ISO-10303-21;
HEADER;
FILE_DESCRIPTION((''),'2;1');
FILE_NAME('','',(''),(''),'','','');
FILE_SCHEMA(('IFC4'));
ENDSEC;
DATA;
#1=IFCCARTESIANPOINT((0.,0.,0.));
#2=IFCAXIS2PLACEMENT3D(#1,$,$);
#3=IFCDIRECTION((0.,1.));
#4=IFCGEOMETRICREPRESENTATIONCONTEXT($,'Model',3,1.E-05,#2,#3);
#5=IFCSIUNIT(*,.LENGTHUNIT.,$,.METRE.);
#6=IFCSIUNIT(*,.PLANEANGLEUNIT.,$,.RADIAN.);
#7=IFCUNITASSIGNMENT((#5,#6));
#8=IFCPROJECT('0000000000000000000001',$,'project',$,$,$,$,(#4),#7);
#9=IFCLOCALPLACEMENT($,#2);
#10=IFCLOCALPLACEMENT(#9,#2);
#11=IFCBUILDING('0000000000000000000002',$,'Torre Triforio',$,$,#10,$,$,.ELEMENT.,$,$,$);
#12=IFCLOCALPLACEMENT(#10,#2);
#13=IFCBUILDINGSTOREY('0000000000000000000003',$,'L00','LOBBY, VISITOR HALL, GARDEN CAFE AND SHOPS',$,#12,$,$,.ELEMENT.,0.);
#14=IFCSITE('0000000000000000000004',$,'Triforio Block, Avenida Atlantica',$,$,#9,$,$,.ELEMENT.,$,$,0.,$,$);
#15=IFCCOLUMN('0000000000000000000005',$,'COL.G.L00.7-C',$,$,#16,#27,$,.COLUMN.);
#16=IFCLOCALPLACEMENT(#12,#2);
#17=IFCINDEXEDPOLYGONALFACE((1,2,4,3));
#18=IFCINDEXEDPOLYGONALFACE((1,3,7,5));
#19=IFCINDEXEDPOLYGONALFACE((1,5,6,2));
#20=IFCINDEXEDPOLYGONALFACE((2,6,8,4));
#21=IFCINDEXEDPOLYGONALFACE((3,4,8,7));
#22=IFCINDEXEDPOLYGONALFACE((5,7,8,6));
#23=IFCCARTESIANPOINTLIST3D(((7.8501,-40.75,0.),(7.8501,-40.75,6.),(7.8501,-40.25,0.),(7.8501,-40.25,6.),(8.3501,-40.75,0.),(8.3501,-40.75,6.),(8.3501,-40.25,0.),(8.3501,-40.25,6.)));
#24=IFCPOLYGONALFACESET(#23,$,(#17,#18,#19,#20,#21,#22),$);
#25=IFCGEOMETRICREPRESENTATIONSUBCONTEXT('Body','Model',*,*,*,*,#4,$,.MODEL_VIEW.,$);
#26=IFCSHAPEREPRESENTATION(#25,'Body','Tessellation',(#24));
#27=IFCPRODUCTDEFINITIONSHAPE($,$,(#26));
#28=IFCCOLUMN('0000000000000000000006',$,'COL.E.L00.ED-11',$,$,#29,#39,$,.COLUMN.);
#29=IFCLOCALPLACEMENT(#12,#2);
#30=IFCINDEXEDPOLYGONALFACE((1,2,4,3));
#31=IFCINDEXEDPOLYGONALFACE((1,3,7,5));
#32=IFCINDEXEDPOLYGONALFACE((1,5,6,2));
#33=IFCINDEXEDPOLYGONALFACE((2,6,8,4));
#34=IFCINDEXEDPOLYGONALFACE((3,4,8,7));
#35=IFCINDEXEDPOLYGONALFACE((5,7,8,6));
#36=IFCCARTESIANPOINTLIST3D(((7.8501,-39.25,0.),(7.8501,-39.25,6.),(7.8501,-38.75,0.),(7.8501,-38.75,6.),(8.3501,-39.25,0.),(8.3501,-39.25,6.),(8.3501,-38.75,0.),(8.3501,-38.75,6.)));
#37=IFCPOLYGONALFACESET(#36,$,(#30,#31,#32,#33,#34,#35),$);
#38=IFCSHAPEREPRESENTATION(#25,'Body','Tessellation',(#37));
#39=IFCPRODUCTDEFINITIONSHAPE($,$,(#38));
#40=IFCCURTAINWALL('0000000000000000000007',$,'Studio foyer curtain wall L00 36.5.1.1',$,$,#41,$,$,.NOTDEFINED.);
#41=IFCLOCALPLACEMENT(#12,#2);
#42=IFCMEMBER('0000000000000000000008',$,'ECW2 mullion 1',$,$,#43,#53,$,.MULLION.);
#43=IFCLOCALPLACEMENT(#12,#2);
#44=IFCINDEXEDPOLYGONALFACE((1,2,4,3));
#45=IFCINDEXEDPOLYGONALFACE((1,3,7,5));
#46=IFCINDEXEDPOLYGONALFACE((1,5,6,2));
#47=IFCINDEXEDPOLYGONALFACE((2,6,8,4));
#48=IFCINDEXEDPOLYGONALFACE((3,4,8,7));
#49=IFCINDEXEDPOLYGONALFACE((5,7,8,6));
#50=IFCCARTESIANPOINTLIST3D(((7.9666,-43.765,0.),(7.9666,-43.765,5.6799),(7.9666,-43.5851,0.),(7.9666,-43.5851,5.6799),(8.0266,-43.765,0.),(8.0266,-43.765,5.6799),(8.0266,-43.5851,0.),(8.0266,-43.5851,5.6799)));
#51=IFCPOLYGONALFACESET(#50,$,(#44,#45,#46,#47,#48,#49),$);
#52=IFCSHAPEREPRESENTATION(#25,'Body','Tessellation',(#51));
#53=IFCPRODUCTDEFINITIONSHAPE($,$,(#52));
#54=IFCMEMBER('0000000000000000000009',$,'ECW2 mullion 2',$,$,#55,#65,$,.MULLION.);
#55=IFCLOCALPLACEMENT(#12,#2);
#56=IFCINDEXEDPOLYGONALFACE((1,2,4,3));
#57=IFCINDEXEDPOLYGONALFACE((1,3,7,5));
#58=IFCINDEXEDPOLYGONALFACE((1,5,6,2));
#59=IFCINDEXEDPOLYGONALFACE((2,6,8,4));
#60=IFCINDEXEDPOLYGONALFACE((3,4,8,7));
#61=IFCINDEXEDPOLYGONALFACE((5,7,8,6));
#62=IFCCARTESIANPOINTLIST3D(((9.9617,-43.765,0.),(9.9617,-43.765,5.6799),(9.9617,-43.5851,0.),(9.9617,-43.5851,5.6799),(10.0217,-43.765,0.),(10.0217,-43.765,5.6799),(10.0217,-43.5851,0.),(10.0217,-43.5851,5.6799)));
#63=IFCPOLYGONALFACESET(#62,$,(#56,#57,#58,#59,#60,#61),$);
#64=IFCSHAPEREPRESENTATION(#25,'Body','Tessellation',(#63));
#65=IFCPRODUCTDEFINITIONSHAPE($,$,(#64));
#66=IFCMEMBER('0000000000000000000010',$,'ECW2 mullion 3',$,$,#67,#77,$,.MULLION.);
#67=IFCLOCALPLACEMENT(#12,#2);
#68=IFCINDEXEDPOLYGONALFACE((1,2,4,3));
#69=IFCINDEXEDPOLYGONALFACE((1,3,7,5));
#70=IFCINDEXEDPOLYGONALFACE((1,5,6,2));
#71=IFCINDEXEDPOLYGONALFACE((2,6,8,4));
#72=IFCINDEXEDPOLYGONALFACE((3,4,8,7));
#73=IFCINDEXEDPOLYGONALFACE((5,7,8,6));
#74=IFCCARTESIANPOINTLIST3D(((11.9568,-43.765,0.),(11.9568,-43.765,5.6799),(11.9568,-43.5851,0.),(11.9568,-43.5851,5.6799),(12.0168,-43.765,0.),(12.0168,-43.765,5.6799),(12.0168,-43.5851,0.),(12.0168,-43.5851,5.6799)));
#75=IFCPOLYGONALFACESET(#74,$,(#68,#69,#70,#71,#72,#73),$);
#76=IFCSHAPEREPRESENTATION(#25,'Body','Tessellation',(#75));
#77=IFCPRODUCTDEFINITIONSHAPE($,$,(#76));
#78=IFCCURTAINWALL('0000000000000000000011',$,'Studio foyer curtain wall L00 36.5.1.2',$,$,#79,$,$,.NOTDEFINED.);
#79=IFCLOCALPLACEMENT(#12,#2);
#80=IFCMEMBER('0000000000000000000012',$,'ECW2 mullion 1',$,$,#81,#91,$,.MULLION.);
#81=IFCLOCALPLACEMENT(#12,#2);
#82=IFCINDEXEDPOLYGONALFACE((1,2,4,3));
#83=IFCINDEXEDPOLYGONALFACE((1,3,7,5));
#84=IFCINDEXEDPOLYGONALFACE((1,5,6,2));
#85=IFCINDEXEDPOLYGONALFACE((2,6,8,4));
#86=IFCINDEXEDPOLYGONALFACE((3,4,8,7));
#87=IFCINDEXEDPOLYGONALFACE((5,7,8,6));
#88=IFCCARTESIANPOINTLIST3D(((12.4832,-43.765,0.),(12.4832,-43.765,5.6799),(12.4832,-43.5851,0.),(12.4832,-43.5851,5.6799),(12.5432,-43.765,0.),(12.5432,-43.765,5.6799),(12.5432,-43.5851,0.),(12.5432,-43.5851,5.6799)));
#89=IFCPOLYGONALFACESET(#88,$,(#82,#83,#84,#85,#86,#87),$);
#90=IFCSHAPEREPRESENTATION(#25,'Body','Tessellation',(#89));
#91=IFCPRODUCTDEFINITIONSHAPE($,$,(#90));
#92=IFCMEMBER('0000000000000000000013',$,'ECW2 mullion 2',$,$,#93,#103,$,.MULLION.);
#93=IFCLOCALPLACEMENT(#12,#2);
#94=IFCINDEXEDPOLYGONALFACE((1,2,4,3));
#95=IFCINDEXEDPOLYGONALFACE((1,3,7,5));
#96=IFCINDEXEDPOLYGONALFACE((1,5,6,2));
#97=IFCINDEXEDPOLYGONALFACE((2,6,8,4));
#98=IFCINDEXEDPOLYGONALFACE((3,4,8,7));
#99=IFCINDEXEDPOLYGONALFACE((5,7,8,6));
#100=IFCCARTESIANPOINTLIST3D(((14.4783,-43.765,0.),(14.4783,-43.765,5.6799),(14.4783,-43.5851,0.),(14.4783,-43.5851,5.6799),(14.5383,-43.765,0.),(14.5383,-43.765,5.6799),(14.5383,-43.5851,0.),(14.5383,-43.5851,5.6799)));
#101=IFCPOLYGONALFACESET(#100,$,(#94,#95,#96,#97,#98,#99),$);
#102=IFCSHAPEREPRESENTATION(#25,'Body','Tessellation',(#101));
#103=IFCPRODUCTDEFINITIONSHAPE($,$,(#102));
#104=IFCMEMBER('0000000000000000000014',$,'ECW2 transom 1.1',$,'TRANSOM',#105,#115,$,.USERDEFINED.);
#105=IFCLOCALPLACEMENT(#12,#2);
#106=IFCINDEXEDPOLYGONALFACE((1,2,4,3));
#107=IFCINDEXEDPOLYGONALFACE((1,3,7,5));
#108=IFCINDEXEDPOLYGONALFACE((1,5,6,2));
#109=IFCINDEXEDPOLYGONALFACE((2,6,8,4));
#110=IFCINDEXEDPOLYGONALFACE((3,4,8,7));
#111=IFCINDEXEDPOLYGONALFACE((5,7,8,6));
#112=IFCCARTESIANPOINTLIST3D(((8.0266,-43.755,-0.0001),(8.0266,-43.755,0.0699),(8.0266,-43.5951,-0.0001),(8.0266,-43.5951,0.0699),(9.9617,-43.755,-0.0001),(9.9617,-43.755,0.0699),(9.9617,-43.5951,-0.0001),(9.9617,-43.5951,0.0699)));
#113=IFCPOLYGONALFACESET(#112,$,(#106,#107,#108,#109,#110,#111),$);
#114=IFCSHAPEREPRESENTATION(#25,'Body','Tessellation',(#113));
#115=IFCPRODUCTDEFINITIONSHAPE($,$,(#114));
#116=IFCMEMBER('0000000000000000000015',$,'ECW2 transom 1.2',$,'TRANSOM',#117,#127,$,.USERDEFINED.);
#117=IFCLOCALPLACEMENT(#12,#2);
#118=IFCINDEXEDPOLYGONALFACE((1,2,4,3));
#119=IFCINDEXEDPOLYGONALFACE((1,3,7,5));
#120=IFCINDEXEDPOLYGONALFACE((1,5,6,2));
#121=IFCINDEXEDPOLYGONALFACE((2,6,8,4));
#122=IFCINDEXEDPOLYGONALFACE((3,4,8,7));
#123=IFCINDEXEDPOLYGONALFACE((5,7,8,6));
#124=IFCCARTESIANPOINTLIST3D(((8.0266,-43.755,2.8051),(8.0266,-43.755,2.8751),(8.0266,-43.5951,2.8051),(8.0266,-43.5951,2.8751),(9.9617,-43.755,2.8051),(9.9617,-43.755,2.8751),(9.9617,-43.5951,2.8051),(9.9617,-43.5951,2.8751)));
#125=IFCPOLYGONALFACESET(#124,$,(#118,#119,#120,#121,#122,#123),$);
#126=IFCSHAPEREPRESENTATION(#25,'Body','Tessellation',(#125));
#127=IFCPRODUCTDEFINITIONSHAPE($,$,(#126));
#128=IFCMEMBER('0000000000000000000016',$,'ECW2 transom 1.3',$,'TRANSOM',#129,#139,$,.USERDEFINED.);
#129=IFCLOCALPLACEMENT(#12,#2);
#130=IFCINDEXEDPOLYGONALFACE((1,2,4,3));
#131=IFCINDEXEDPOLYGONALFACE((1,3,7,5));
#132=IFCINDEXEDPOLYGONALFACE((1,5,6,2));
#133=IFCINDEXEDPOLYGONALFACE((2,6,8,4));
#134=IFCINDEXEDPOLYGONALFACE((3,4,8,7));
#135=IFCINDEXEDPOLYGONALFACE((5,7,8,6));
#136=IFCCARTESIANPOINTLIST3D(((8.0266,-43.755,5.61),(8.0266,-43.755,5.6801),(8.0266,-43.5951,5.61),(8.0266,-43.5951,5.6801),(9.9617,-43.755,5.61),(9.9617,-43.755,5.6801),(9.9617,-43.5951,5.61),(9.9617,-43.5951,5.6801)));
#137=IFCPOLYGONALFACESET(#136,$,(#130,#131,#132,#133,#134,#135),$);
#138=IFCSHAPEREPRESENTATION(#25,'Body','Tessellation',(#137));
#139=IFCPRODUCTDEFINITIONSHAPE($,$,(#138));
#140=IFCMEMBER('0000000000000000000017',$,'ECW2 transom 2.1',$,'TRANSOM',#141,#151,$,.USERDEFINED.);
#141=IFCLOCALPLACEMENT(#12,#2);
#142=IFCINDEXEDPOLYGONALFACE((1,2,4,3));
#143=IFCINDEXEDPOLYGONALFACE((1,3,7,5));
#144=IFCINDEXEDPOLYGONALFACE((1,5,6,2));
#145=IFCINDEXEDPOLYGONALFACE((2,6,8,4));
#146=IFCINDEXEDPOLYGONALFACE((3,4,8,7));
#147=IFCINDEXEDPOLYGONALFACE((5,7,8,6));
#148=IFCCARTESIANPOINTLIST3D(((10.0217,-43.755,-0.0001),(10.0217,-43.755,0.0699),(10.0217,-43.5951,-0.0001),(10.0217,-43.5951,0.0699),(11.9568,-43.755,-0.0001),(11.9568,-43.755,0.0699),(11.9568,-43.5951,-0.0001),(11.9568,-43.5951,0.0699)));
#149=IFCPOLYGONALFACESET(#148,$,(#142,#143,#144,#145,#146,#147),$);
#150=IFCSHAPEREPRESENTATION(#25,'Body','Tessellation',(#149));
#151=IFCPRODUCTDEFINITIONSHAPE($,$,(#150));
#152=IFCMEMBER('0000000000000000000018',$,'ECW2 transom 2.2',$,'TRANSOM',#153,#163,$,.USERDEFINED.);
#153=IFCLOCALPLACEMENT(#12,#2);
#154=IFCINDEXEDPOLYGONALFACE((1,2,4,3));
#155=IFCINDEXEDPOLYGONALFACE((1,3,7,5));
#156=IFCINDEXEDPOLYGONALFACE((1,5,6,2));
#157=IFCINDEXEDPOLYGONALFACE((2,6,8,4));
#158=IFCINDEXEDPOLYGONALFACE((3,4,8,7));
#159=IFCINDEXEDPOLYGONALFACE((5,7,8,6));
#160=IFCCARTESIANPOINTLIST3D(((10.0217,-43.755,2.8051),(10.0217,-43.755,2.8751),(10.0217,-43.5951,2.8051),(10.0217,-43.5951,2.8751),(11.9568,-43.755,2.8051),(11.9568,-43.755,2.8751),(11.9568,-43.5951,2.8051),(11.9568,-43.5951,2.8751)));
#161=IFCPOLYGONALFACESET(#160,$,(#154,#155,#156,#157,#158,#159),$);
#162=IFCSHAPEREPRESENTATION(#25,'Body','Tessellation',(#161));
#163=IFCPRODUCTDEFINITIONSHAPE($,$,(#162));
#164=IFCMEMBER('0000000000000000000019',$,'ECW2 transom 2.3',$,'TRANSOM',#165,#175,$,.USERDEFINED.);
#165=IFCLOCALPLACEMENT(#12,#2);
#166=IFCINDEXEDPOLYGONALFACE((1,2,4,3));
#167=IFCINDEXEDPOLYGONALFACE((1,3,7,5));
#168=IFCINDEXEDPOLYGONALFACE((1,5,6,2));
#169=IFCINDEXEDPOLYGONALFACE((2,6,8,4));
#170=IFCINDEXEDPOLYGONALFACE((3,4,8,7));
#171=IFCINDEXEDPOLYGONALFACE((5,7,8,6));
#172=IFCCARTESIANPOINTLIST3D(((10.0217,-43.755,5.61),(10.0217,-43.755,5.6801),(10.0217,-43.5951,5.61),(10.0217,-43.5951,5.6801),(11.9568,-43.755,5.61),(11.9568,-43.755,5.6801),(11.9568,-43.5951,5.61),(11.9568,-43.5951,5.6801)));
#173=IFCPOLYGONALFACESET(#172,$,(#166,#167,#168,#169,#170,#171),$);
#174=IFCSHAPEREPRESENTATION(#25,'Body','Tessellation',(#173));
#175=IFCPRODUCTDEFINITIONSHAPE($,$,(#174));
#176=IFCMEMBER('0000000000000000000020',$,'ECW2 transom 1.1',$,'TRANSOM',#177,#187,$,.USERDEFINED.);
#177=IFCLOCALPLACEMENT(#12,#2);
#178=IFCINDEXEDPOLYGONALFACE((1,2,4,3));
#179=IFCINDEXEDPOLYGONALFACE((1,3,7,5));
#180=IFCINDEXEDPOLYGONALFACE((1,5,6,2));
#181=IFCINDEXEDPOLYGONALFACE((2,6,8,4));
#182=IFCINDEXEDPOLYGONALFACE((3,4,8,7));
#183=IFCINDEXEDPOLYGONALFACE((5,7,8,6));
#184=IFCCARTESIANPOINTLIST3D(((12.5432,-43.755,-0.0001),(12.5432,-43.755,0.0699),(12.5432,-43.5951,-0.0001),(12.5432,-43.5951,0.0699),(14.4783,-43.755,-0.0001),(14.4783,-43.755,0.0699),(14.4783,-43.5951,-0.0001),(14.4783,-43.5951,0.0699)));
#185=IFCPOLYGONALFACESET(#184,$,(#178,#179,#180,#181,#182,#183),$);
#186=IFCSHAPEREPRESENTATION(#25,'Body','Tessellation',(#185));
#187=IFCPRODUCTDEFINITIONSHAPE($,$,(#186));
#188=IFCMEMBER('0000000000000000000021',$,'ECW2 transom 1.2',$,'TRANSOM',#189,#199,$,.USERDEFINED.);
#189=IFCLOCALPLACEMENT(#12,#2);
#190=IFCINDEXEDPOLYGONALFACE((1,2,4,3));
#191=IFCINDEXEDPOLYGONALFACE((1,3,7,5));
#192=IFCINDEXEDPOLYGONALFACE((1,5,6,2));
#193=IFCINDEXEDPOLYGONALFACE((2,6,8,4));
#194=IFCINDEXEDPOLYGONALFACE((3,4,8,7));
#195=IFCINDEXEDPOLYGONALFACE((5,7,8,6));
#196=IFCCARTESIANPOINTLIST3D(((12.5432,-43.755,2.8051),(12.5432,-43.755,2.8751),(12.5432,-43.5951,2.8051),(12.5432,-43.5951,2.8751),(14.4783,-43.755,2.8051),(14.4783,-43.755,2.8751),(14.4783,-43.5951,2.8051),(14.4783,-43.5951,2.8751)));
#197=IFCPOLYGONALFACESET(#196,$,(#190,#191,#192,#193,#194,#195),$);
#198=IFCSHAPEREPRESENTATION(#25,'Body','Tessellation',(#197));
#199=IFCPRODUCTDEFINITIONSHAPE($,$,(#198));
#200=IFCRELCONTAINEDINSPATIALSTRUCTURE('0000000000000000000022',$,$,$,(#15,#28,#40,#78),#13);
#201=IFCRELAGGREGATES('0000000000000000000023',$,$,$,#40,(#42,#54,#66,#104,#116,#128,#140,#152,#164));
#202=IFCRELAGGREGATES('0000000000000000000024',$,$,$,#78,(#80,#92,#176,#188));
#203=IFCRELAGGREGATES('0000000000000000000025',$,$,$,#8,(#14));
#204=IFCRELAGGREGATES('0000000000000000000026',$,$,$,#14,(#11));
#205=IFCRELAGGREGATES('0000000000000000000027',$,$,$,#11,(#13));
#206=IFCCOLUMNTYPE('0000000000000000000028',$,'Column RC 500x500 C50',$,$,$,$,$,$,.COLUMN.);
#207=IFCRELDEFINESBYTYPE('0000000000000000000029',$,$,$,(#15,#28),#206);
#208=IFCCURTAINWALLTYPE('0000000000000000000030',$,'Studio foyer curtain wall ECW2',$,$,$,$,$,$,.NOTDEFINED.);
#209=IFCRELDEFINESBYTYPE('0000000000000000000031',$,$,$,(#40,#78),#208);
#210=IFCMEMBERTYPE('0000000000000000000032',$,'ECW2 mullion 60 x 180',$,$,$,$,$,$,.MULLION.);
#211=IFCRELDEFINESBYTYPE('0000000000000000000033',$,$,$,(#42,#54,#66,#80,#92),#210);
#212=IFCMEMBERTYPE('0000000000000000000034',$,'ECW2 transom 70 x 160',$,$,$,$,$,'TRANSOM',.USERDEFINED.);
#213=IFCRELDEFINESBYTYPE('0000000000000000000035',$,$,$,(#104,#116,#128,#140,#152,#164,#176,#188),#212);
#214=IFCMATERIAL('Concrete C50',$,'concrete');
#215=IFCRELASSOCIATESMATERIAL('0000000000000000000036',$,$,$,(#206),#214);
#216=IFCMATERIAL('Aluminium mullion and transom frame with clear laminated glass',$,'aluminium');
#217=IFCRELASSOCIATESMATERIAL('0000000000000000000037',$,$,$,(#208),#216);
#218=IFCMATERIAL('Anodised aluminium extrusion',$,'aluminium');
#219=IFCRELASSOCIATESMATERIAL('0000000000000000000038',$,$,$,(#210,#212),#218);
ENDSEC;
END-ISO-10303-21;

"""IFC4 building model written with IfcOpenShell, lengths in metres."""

from ifc_helpers import new_model, si_unit, direction, frame, origin, origin_2d, place, context, subcontext, project, spatial, rectangle, extrude, material, material_profile, profile_set, type_object, element, aggregate, save


model = new_model("IFC4")

# Units and contexts
model_context = context("Model", 3, precision=1e-05, world=origin(), true_north=direction((0.0, 1.0)))
body_context = subcontext(model_context, "Body", "Model", "MODEL_VIEW")
ifc_project = project(units=[si_unit("LENGTHUNIT", "METRE"), si_unit("PLANEANGLEUNIT", "RADIAN")], contexts=[model_context])

# Site, building, storey
site_placement = place(None, origin())
site = spatial("IfcSite", under=ifc_project, at=site_placement, Name="Triforio Block, Avenida Atlantica", CompositionType="ELEMENT", RefElevation=0.0)
building_placement = place(site_placement, origin())
building = spatial("IfcBuilding", under=site, at=building_placement, Name="Torre Triforio", CompositionType="ELEMENT")
storey_placement = place(building_placement, origin())
storey = spatial("IfcBuildingStorey", under=building, at=storey_placement, Name="L00", Description="LOBBY, VISITOR HALL, GARDEN CAFE AND SHOPS", CompositionType="ELEMENT", Elevation=0.0)

# Columns
ifc_material_1 = material(Name="Concrete C50", Category="concrete")
ifc_material_profile_1 = material_profile(ifc_material_1, rectangle(XDim=0.5, YDim=0.5, at=origin_2d()), Name="RC 500x500")
ifc_profile_set_1 = profile_set([ifc_material_profile_1], Name="Concrete C50")
column_type = type_object("IfcColumnType", Name="Column RC 500x500 C50", PredefinedType="COLUMN", material=ifc_profile_set_1)
for number, where, z_axis, x_axis, name in (
    (1, (8.1001, -40.5, 0.0), (0.0, 0.0, 1.0), (1.0, 0.0, 0.0), "COL.G.L00.7-C"),
    (2, (8.1001, -39.0, 0.0), (0.0, 0.0, 1.0), (1.0, 0.0, 0.0), "COL.E.L00.ED-11"),
):
    element("IfcColumn", number, at=place(storey_placement, frame(where, z_axis=z_axis, x_axis=x_axis)), inside=storey, type_object=column_type, Name=name, PredefinedType="COLUMN", context=body_context, shape_type="SweptSolid", body=[
        extrude(rectangle(XDim=0.5, YDim=0.5, at=origin_2d()), origin(), (0.0, 0.0, 1.0), 6.0),
    ])

# Curtain walls, members
ifc_material_2 = material(Name="Aluminium mullion and transom frame with clear laminated glass", Category="aluminium")
curtain_wall_type = type_object("IfcCurtainWallType", Name="Studio foyer curtain wall ECW2", PredefinedType="NOTDEFINED", material=ifc_material_2)
curtain_wall_1_placement = place(storey_placement, origin())
curtain_wall_1 = element("IfcCurtainWall", 3, at=curtain_wall_1_placement, inside=storey, type_object=curtain_wall_type, Name="Studio foyer curtain wall L00 36.5.1.1", PredefinedType="NOTDEFINED")
ifc_material_3 = material(Name="Anodised aluminium extrusion", Category="aluminium")
ifc_material_profile_2 = material_profile(ifc_material_3, rectangle(XDim=0.1799, YDim=0.0601, at=origin_2d()), Name="ECW2 MULLION 60x180")
ifc_profile_set_2 = profile_set([ifc_material_profile_2], Name="Anodised aluminium extrusion")
member_type_1 = type_object("IfcMemberType", Name="ECW2 mullion 60 x 180", PredefinedType="MULLION", material=ifc_profile_set_2)
member_1_placement = place(storey_placement, frame((7.9966, -43.675, 0.0), z_axis=(0.0, 0.0, 1.0), x_axis=(0.0, 1.0, 0.0)))
member_1 = element("IfcMember", 4, at=member_1_placement, type_object=member_type_1, Name="ECW2 mullion 1", PredefinedType="MULLION", context=body_context, shape_type="SweptSolid", body=[
    extrude(rectangle(XDim=0.1799, YDim=0.0601, at=origin_2d()), origin(), (0.0, 0.0, 1.0), 5.6799),
])
member_2_placement = place(storey_placement, frame((9.9917, -43.675, 0.0), z_axis=(0.0, 0.0, 1.0), x_axis=(0.0, 1.0, 0.0)))
member_2 = element("IfcMember", 5, at=member_2_placement, type_object=member_type_1, Name="ECW2 mullion 2", PredefinedType="MULLION", context=body_context, shape_type="SweptSolid", body=[
    extrude(rectangle(XDim=0.1799, YDim=0.0601, at=origin_2d()), origin(), (0.0, 0.0, 1.0), 5.6799),
])
member_3_placement = place(storey_placement, frame((11.9868, -43.675, 0.0), z_axis=(0.0, 0.0, 1.0), x_axis=(0.0, 1.0, 0.0)))
member_3 = element("IfcMember", 6, at=member_3_placement, type_object=member_type_1, Name="ECW2 mullion 3", PredefinedType="MULLION", context=body_context, shape_type="SweptSolid", body=[
    extrude(rectangle(XDim=0.1799, YDim=0.0601, at=origin_2d()), origin(), (0.0, 0.0, 1.0), 5.6799),
])
curtain_wall_2_placement = place(storey_placement, origin())
curtain_wall_2 = element("IfcCurtainWall", 7, at=curtain_wall_2_placement, inside=storey, type_object=curtain_wall_type, Name="Studio foyer curtain wall L00 36.5.1.2", PredefinedType="NOTDEFINED")
member_4_placement = place(storey_placement, frame((12.5132, -43.675, 0.0), z_axis=(0.0, 0.0, 1.0), x_axis=(0.0, 1.0, 0.0)))
member_4 = element("IfcMember", 8, at=member_4_placement, type_object=member_type_1, Name="ECW2 mullion 1", PredefinedType="MULLION", context=body_context, shape_type="SweptSolid", body=[
    extrude(rectangle(XDim=0.1799, YDim=0.0601, at=origin_2d()), origin(), (0.0, 0.0, 1.0), 5.6799),
])
member_5_placement = place(storey_placement, frame((14.5083, -43.675, 0.0), z_axis=(0.0, 0.0, 1.0), x_axis=(0.0, 1.0, 0.0)))
member_5 = element("IfcMember", 9, at=member_5_placement, type_object=member_type_1, Name="ECW2 mullion 2", PredefinedType="MULLION", context=body_context, shape_type="SweptSolid", body=[
    extrude(rectangle(XDim=0.1799, YDim=0.0601, at=origin_2d()), origin(), (0.0, 0.0, 1.0), 5.6799),
])

# Members
ifc_material_profile_3 = material_profile(ifc_material_3, rectangle(XDim=0.1599, YDim=0.0701, at=origin_2d()), Name="ECW2 TRANSOM 70x160")
ifc_profile_set_3 = profile_set([ifc_material_profile_3], Name="Anodised aluminium extrusion")
member_type_2 = type_object("IfcMemberType", Name="ECW2 transom 70 x 160", ElementType="TRANSOM", PredefinedType="USERDEFINED", material=ifc_profile_set_3)
member_6_placement = place(storey_placement, frame((8.0266, -43.675, 0.0349), z_axis=(1.0, 0.0, 0.0), x_axis=(0.0, 1.0, 0.0)))
member_6 = element("IfcMember", 10, at=member_6_placement, type_object=member_type_2, Name="ECW2 transom 1.1", ObjectType="TRANSOM", PredefinedType="USERDEFINED", context=body_context, shape_type="SweptSolid", body=[
    extrude(rectangle(XDim=0.1599, YDim=0.0701, at=origin_2d()), origin(), (0.0, 0.0, 1.0), 1.9351),
])
member_7_placement = place(storey_placement, frame((8.0266, -43.675, 2.8401), z_axis=(1.0, 0.0, 0.0), x_axis=(0.0, 1.0, 0.0)))
member_7 = element("IfcMember", 11, at=member_7_placement, type_object=member_type_2, Name="ECW2 transom 1.2", ObjectType="TRANSOM", PredefinedType="USERDEFINED", context=body_context, shape_type="SweptSolid", body=[
    extrude(rectangle(XDim=0.1599, YDim=0.0701, at=origin_2d()), origin(), (0.0, 0.0, 1.0), 1.9351),
])
member_8_placement = place(storey_placement, frame((8.0266, -43.675, 5.645), z_axis=(1.0, 0.0, 0.0), x_axis=(0.0, 1.0, 0.0)))
member_8 = element("IfcMember", 12, at=member_8_placement, type_object=member_type_2, Name="ECW2 transom 1.3", ObjectType="TRANSOM", PredefinedType="USERDEFINED", context=body_context, shape_type="SweptSolid", body=[
    extrude(rectangle(XDim=0.1599, YDim=0.0701, at=origin_2d()), origin(), (0.0, 0.0, 1.0), 1.9351),
])
member_9_placement = place(storey_placement, frame((10.0217, -43.675, 0.0349), z_axis=(1.0, 0.0, 0.0), x_axis=(0.0, 1.0, 0.0)))
member_9 = element("IfcMember", 13, at=member_9_placement, type_object=member_type_2, Name="ECW2 transom 2.1", ObjectType="TRANSOM", PredefinedType="USERDEFINED", context=body_context, shape_type="SweptSolid", body=[
    extrude(rectangle(XDim=0.1599, YDim=0.0701, at=origin_2d()), origin(), (0.0, 0.0, 1.0), 1.9351),
])
member_10_placement = place(storey_placement, frame((10.0217, -43.675, 2.8401), z_axis=(1.0, 0.0, 0.0), x_axis=(0.0, 1.0, 0.0)))
member_10 = element("IfcMember", 14, at=member_10_placement, type_object=member_type_2, Name="ECW2 transom 2.2", ObjectType="TRANSOM", PredefinedType="USERDEFINED", context=body_context, shape_type="SweptSolid", body=[
    extrude(rectangle(XDim=0.1599, YDim=0.0701, at=origin_2d()), origin(), (0.0, 0.0, 1.0), 1.9351),
])
member_11_placement = place(storey_placement, frame((10.0217, -43.675, 5.645), z_axis=(1.0, 0.0, 0.0), x_axis=(0.0, 1.0, 0.0)))
member_11 = element("IfcMember", 15, at=member_11_placement, type_object=member_type_2, Name="ECW2 transom 2.3", ObjectType="TRANSOM", PredefinedType="USERDEFINED", context=body_context, shape_type="SweptSolid", body=[
    extrude(rectangle(XDim=0.1599, YDim=0.0701, at=origin_2d()), origin(), (0.0, 0.0, 1.0), 1.9351),
])
member_12_placement = place(storey_placement, frame((12.5432, -43.675, 0.0349), z_axis=(1.0, 0.0, 0.0), x_axis=(0.0, 1.0, 0.0)))
member_12 = element("IfcMember", 16, at=member_12_placement, type_object=member_type_2, Name="ECW2 transom 1.1", ObjectType="TRANSOM", PredefinedType="USERDEFINED", context=body_context, shape_type="SweptSolid", body=[
    extrude(rectangle(XDim=0.1599, YDim=0.0701, at=origin_2d()), origin(), (0.0, 0.0, 1.0), 1.9351),
])
member_13_placement = place(storey_placement, frame((12.5432, -43.675, 2.8401), z_axis=(1.0, 0.0, 0.0), x_axis=(0.0, 1.0, 0.0)))
member_13 = element("IfcMember", 17, at=member_13_placement, type_object=member_type_2, Name="ECW2 transom 1.2", ObjectType="TRANSOM", PredefinedType="USERDEFINED", context=body_context, shape_type="SweptSolid", body=[
    extrude(rectangle(XDim=0.1599, YDim=0.0701, at=origin_2d()), origin(), (0.0, 0.0, 1.0), 1.9351),
])

aggregate(curtain_wall_1, [member_1, member_2, member_3, member_6, member_7, member_8, member_9, member_10, member_11])
aggregate(curtain_wall_2, [member_4, member_5, member_12, member_13])

save(model, "model.ifc")
